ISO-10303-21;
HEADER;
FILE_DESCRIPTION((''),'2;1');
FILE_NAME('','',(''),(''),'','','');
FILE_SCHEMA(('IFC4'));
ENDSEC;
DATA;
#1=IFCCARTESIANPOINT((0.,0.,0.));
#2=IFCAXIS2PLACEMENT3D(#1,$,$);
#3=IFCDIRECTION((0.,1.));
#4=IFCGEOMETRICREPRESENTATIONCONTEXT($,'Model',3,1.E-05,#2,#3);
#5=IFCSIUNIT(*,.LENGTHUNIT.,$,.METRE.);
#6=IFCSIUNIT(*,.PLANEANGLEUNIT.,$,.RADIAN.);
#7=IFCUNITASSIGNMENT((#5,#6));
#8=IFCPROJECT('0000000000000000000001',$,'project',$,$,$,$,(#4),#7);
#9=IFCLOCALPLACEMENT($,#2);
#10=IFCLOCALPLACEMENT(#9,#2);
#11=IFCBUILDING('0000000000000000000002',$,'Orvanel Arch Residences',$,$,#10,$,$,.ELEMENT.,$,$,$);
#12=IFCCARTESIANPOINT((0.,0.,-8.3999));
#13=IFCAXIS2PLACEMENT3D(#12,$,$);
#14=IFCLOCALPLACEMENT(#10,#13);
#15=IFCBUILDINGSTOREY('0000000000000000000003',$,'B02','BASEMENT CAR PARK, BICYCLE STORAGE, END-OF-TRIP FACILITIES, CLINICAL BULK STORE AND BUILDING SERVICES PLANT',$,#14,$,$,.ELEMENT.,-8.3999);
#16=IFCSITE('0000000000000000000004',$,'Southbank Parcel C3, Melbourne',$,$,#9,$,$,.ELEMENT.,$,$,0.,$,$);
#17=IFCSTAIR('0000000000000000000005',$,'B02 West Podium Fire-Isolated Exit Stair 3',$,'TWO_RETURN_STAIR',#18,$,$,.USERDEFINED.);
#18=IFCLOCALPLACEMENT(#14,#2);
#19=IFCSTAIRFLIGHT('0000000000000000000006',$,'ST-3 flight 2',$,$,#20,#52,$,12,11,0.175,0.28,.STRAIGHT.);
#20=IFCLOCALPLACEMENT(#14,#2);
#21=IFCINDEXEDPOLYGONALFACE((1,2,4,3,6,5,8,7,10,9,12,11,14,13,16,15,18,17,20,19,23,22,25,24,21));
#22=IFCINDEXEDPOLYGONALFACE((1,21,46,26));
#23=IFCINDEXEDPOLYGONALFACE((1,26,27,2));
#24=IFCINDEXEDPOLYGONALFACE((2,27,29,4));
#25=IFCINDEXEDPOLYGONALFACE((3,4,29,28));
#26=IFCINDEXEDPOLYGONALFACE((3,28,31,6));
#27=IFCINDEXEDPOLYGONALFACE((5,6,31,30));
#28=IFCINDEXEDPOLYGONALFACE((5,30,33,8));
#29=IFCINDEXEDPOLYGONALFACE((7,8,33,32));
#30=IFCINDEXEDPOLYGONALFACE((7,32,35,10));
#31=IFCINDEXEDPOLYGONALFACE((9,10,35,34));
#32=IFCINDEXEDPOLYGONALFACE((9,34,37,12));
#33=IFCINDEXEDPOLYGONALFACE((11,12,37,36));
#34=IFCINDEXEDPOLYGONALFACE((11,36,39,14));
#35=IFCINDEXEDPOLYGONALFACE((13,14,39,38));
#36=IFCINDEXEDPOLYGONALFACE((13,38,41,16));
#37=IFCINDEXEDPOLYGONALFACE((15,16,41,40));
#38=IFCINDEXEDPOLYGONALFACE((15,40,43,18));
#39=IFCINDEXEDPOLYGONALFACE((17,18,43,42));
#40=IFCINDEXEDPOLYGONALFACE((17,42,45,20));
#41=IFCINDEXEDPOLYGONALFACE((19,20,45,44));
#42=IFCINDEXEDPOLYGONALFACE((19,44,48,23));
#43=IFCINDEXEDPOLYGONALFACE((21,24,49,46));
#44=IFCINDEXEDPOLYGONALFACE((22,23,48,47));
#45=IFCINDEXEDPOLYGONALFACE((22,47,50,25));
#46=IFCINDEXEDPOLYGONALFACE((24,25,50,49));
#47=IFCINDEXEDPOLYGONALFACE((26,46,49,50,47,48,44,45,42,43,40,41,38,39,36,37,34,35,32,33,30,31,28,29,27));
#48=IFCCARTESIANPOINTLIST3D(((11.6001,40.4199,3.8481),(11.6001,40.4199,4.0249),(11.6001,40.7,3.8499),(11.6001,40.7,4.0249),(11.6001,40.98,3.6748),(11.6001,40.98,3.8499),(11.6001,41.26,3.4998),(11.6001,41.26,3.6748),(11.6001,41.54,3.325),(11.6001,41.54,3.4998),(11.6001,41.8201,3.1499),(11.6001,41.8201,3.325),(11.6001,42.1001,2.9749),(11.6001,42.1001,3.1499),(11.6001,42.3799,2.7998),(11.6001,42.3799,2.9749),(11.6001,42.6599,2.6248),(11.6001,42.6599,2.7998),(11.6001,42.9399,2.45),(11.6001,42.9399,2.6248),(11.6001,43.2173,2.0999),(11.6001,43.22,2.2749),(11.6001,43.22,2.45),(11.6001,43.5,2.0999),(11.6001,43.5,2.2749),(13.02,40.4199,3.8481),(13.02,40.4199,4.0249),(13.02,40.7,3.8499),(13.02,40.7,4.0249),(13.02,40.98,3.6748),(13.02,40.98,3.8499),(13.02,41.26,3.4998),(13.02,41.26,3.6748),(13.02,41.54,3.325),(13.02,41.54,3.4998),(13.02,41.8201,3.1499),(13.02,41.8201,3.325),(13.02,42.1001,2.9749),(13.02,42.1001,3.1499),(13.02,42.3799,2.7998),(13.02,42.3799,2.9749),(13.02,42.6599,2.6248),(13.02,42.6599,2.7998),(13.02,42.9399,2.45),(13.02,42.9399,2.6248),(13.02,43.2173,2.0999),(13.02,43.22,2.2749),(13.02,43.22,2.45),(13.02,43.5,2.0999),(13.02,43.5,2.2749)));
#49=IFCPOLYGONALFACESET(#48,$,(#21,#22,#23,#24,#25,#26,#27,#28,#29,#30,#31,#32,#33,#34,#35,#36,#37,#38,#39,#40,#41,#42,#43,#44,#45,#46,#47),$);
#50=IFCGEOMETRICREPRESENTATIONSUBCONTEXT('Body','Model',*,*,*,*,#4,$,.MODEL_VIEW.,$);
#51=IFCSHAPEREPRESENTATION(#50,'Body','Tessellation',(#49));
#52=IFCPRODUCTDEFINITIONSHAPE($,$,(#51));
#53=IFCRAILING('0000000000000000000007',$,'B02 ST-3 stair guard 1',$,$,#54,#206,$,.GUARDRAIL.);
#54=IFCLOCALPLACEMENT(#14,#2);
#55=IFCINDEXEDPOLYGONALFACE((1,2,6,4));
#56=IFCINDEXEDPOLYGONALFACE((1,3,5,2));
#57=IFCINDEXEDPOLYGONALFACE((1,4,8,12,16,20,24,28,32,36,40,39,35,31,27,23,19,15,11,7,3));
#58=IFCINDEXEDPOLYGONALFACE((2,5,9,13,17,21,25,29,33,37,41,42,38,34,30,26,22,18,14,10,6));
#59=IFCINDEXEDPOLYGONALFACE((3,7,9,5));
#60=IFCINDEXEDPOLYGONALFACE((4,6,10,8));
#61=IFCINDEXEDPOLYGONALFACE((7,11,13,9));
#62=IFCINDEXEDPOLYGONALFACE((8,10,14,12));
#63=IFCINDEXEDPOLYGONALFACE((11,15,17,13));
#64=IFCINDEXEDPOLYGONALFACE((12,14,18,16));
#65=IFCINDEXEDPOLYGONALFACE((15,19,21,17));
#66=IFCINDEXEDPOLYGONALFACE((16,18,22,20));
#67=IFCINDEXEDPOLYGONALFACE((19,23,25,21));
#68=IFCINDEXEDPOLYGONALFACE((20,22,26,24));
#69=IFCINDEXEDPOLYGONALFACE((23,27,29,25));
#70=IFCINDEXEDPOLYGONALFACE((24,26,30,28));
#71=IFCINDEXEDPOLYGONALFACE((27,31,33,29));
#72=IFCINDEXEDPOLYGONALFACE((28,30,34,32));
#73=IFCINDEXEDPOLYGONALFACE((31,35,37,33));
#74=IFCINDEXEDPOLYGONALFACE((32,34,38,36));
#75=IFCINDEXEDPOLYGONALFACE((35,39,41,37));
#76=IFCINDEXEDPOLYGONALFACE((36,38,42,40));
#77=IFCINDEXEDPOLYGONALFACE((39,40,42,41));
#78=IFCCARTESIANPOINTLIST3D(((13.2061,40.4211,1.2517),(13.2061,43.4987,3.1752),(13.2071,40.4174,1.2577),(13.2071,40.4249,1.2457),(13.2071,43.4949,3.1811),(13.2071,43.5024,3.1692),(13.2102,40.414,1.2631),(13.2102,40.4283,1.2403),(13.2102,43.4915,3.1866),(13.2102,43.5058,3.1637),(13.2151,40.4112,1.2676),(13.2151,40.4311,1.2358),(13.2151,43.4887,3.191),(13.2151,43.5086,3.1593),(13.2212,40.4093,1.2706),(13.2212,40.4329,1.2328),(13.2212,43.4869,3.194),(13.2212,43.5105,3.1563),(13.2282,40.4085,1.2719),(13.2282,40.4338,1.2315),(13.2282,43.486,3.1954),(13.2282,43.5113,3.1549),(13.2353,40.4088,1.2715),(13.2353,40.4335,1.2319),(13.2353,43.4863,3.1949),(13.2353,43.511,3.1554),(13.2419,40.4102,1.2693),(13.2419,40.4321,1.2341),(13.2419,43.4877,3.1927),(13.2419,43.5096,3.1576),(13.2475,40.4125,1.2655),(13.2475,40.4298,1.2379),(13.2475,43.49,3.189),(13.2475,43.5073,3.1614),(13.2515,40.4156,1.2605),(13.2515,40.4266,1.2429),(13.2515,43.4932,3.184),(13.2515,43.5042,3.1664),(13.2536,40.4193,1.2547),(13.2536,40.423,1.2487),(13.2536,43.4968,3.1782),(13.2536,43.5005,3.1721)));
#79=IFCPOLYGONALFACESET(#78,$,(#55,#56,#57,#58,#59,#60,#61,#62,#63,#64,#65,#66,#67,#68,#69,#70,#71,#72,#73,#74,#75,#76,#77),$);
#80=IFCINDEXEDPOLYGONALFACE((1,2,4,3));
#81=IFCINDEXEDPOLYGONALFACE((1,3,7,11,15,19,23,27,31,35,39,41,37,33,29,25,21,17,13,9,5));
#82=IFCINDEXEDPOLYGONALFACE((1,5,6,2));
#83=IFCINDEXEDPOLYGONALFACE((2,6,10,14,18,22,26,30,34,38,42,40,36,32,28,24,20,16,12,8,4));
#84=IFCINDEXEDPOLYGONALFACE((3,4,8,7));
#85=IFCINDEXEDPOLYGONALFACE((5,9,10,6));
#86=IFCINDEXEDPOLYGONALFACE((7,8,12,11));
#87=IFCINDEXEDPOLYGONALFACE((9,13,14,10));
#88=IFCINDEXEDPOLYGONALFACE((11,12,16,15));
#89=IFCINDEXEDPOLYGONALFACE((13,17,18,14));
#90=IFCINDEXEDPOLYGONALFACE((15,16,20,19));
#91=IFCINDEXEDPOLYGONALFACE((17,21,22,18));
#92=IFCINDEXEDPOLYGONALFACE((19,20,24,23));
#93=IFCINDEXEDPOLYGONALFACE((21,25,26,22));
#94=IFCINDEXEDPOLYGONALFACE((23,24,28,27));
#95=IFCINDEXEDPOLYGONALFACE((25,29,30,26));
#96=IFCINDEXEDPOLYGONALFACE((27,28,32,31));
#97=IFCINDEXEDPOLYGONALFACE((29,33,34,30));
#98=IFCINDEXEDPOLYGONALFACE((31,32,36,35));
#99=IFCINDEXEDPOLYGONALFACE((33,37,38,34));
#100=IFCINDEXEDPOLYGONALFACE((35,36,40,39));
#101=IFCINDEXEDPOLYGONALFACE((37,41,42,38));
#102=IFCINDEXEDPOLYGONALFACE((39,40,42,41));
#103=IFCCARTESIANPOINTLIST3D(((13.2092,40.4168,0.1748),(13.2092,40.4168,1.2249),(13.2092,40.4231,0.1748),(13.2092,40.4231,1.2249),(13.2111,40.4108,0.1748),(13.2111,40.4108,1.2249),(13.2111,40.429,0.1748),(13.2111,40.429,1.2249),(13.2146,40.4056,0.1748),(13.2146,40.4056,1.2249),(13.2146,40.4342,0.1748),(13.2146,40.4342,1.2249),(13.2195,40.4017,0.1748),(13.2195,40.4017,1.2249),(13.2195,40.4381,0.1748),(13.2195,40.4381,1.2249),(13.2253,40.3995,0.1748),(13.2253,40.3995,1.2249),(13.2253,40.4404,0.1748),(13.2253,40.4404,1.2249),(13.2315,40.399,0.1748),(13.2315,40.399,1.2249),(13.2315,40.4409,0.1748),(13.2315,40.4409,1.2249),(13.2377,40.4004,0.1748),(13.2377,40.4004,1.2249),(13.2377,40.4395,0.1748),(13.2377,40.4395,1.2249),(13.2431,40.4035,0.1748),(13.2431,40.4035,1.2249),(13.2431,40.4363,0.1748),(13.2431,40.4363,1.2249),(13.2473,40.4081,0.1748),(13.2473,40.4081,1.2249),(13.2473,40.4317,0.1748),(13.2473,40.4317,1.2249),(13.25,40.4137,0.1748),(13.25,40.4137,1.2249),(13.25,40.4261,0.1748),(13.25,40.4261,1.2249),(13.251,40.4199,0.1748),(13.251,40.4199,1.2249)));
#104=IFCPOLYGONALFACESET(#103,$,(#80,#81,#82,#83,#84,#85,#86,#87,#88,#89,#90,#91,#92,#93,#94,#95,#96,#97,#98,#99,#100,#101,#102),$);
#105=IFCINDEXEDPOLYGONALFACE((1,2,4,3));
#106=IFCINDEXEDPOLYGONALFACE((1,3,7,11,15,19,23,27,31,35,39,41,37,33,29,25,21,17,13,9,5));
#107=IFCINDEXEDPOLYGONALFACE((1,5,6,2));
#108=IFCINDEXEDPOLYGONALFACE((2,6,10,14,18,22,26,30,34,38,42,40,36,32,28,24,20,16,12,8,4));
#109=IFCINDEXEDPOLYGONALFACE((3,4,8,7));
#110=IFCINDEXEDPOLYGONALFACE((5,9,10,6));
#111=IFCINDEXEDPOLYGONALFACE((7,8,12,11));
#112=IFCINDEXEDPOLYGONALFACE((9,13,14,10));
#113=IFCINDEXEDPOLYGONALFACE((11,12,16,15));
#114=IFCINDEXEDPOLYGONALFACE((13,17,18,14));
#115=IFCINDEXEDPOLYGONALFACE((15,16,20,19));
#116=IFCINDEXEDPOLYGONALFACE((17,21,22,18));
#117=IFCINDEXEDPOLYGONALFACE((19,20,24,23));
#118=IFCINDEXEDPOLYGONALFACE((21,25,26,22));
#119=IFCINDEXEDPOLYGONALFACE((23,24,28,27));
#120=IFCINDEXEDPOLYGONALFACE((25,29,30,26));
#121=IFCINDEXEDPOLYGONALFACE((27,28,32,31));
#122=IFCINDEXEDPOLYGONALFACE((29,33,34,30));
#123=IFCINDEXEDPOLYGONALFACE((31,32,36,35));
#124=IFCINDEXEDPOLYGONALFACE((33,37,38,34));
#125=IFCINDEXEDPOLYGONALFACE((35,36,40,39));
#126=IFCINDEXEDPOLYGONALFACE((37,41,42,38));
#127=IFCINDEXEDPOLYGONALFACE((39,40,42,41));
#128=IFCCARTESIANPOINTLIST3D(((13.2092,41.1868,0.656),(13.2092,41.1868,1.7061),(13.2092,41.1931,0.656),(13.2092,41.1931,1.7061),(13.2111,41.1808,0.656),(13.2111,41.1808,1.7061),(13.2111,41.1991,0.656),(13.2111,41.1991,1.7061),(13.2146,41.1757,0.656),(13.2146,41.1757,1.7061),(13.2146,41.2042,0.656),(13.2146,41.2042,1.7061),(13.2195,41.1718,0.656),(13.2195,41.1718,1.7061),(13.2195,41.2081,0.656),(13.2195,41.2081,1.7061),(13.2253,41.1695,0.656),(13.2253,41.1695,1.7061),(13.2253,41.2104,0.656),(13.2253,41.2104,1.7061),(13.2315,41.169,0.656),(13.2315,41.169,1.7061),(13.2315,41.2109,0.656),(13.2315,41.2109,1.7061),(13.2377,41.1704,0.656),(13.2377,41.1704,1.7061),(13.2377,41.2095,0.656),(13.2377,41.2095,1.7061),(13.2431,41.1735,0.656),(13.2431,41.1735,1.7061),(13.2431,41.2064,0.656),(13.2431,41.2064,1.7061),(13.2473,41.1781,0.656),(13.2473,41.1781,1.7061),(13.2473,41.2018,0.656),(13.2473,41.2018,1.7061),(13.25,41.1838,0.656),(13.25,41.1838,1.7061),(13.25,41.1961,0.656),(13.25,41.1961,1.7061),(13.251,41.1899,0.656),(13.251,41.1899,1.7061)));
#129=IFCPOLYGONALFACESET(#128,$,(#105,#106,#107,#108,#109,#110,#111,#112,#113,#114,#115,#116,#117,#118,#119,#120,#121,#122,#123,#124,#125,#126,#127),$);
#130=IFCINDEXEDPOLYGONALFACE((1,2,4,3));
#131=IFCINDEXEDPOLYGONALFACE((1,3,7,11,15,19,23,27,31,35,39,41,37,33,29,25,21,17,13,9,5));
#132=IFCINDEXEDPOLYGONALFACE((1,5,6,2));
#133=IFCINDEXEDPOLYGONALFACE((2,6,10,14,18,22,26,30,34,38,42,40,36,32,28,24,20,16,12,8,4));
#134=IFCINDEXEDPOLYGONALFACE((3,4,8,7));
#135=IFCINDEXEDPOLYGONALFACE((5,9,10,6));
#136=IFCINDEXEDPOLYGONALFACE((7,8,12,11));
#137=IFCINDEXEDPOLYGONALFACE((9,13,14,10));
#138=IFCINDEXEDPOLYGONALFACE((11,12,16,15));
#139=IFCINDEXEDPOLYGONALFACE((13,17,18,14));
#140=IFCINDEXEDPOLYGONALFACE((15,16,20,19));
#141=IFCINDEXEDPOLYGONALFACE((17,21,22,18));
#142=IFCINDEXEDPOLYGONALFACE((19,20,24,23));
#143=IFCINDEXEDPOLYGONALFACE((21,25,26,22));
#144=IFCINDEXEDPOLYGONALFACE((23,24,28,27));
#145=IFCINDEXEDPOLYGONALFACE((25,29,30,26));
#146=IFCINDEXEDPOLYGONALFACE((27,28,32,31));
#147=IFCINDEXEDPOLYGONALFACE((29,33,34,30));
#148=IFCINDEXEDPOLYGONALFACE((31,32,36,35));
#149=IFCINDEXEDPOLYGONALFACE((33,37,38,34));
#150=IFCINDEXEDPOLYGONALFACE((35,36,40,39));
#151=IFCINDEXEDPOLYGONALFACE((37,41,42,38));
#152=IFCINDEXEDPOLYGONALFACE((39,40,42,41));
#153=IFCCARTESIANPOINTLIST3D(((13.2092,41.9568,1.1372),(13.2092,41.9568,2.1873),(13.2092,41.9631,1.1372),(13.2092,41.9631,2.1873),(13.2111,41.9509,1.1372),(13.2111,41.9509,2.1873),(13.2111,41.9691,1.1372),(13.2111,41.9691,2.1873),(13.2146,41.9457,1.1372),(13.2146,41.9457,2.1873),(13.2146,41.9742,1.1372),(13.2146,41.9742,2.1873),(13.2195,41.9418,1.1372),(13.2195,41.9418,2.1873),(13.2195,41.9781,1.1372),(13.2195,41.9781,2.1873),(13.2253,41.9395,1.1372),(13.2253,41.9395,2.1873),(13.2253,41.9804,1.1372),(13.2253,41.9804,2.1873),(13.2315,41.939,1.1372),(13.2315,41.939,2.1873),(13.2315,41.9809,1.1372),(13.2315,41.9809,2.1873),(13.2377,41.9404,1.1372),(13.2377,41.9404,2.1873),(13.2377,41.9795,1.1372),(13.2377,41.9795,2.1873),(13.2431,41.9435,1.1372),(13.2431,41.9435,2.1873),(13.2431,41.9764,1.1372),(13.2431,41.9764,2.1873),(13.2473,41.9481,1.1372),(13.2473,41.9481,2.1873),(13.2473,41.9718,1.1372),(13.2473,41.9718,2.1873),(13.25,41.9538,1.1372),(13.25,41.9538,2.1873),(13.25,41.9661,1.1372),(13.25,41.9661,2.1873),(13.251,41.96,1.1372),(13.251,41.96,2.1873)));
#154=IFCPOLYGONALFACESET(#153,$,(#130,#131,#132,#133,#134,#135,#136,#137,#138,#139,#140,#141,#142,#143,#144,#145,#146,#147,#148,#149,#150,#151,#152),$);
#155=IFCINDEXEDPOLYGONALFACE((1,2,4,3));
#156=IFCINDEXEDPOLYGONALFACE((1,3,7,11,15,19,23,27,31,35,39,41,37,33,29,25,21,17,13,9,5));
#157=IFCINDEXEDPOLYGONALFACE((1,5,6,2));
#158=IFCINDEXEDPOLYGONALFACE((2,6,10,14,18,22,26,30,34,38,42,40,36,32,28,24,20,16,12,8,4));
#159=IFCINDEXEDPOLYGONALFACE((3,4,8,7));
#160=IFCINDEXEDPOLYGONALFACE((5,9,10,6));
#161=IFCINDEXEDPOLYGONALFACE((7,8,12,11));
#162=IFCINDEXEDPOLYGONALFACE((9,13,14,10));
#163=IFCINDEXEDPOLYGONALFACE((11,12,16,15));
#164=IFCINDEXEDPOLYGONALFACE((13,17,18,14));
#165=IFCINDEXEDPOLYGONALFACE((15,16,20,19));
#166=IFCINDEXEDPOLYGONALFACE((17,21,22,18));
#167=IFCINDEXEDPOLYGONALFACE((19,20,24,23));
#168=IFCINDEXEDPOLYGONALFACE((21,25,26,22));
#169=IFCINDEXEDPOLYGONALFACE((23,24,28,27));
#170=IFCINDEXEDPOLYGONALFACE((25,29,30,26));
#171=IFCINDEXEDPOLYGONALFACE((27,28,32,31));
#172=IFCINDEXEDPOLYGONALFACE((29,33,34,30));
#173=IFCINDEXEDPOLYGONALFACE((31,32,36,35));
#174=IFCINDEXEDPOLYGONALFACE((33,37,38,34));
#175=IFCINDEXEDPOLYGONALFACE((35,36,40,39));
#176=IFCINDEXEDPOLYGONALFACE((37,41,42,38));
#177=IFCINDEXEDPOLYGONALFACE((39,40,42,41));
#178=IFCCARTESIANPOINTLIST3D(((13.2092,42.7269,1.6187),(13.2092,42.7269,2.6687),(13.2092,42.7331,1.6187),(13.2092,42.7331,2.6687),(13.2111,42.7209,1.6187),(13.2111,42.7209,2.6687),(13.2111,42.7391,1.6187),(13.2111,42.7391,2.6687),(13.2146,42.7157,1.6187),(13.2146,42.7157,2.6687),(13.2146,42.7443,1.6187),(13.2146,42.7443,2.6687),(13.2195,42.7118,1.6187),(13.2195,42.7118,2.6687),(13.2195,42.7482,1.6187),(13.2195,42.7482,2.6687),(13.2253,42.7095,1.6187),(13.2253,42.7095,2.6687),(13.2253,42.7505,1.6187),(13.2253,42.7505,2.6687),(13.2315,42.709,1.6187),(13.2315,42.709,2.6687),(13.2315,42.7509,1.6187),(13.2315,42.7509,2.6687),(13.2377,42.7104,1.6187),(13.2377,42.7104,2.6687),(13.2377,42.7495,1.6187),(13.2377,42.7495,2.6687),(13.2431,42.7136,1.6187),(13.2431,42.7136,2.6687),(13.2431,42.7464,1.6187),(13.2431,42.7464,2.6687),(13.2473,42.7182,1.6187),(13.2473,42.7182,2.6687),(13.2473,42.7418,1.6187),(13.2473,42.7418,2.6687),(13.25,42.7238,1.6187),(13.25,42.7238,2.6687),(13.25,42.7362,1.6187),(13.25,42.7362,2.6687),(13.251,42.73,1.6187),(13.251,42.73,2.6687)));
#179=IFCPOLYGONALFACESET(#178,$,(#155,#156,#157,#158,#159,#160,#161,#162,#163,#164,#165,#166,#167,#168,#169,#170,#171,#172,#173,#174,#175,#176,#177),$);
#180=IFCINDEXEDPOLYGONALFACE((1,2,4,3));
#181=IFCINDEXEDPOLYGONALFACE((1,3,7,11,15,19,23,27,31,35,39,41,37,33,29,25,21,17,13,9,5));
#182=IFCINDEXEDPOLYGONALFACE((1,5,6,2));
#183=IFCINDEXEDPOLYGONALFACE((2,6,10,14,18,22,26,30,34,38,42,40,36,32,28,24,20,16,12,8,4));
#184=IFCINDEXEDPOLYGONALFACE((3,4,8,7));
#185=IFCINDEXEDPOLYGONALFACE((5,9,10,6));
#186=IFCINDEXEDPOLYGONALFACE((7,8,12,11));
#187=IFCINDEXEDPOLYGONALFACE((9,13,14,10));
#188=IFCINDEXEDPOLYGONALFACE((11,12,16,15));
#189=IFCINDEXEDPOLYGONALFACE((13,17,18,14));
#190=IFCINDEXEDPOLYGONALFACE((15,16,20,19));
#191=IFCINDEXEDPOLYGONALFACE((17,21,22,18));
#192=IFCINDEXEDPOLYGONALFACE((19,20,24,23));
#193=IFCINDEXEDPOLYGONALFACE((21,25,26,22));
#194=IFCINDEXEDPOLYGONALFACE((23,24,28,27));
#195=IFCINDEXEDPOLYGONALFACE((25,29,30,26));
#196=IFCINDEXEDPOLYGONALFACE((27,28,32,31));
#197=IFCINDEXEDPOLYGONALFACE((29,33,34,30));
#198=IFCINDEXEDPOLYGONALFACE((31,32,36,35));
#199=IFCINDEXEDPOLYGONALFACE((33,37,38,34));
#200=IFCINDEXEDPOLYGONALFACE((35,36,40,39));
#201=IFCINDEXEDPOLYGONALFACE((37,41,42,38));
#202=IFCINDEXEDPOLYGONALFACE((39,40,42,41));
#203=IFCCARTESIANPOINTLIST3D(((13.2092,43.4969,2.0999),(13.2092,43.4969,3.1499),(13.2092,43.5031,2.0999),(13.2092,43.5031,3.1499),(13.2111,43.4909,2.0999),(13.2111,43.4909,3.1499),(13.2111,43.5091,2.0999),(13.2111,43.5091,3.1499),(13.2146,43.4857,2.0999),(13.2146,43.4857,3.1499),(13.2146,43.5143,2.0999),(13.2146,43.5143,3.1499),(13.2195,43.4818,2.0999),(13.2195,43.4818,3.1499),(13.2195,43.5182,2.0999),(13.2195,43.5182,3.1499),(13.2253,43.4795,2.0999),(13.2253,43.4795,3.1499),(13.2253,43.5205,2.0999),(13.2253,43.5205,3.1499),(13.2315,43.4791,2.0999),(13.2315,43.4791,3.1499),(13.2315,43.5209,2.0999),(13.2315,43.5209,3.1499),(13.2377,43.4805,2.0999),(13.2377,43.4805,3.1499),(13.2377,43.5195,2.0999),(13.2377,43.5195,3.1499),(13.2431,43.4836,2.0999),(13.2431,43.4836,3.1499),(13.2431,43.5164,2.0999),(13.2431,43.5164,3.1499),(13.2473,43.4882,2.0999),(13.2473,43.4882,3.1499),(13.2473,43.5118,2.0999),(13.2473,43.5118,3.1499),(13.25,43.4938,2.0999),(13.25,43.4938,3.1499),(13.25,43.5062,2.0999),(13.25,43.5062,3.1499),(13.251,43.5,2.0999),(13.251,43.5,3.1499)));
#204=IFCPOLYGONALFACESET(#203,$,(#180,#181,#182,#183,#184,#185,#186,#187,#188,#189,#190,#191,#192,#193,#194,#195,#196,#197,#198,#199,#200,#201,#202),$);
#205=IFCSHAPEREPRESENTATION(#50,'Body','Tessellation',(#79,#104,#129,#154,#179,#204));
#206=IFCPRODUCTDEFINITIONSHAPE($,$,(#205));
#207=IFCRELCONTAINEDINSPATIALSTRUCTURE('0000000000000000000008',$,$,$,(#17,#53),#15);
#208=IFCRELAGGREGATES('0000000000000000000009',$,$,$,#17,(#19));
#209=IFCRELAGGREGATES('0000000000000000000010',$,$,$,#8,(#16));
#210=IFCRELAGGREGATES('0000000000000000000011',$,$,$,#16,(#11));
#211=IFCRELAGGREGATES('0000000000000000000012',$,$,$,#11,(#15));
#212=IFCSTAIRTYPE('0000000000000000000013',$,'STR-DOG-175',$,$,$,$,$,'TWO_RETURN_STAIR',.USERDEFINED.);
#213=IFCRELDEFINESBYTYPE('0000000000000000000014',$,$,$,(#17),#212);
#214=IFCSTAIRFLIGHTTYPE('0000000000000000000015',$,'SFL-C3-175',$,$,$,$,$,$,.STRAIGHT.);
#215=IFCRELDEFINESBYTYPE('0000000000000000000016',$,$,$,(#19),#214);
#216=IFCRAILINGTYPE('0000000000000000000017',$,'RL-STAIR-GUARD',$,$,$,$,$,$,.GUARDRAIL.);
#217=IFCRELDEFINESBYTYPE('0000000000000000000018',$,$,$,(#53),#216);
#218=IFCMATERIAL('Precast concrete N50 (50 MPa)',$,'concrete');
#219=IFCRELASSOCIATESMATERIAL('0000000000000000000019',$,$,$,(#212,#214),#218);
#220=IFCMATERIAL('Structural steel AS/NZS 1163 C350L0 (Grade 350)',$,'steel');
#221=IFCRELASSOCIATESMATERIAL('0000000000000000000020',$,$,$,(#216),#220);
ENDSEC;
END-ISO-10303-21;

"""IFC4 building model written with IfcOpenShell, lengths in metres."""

from ifc_helpers import new_model, si_unit, direction, frame, origin, origin_2d, place, context, subcontext, project, spatial, polyline, circle, outline, extrude, material, type_object, element, aggregate, save


model = new_model("IFC4")

# Units and contexts
model_context = context("Model", 3, precision=1e-05, world=origin(), true_north=direction((0.0, 1.0)))
body_context = subcontext(model_context, "Body", "Model", "MODEL_VIEW")
ifc_project = project(units=[si_unit("LENGTHUNIT", "METRE"), si_unit("PLANEANGLEUNIT", "RADIAN")], contexts=[model_context])

# Site, building, storey
site_placement = place(None, origin())
site = spatial("IfcSite", under=ifc_project, at=site_placement, Name="Southbank Parcel C3, Melbourne", CompositionType="ELEMENT", RefElevation=0.0)
building_placement = place(site_placement, origin())
building = spatial("IfcBuilding", under=site, at=building_placement, Name="Orvanel Arch Residences", CompositionType="ELEMENT")
storey_placement = place(building_placement, frame((0.0, 0.0, -8.3999)))
storey = spatial("IfcBuildingStorey", under=building, at=storey_placement, Name="B02", Description="BASEMENT CAR PARK, BICYCLE STORAGE, END-OF-TRIP FACILITIES, CLINICAL BULK STORE AND BUILDING SERVICES PLANT", CompositionType="ELEMENT", Elevation=-8.3999)

# Stair, stair flight
ifc_material_1 = material(Name="Precast concrete N50 (50 MPa)", Category="concrete")
stair_type = type_object("IfcStairType", Name="STR-DOG-175", ElementType="TWO_RETURN_STAIR", PredefinedType="USERDEFINED", material=ifc_material_1)
stair_placement = place(storey_placement, origin())
stair = element("IfcStair", 1, at=stair_placement, inside=storey, type_object=stair_type, Name="B02 West Podium Fire-Isolated Exit Stair 3", ObjectType="TWO_RETURN_STAIR", PredefinedType="USERDEFINED")
stair_flight_type = type_object("IfcStairFlightType", Name="SFL-C3-175", PredefinedType="STRAIGHT", material=ifc_material_1)
stair_flight_1_placement = place(storey_placement, frame((12.3101, 43.5, 2.0999), z_axis=(0.0, 0.0, 1.0), x_axis=(0.0, -1.0, 0.0)))
stair_flight_1 = element("IfcStairFlight", 2, at=stair_flight_1_placement, type_object=stair_flight_type, Name="ST-3 flight 2", NumberOfRisers=12, NumberOfTreads=11, PredefinedType="STRAIGHT", RiserHeight=0.175, TreadLength=0.28, context=body_context, shape_type="SweptSolid", body=[
    extrude(outline(polyline([(0.0, 0.0), (0.0, 0.175), (0.28, 0.175), (0.28, 0.3501), (0.5601, 0.3501), (0.5601, 0.5249), (0.8401, 0.5249), (0.8401, 0.7), (1.1201, 0.7), (1.1201, 0.875), (1.3999, 0.875), (1.3999, 1.05), (1.6799, 1.05), (1.6799, 1.2251), (1.96, 1.2251), (1.96, 1.3999), (2.24, 1.3999), (2.24, 1.575), (2.52, 1.575), (2.52, 1.75), (2.8, 1.75), (2.8, 1.925), (3.0801, 1.925), (3.0801, 2.1001), (3.0801, 1.7483), (0.2827, 0.0), (0.0, 0.0)])), frame((0.0, 0.71, 0.0), z_axis=(0.0, -1.0, 0.0), x_axis=(1.0, 0.0, 0.0)), (0.0, 0.0, 1.0), 1.4199),
])
aggregate(stair, [stair_flight_1])

# Railing
ifc_material_2 = material(Name="Structural steel AS/NZS 1163 C350L0 (Grade 350)", Category="steel")
railing_type_1 = type_object("IfcRailingType", Name="RL-STAIR-GUARD", PredefinedType="GUARDRAIL", material=ifc_material_2)
railing_1_placement = place(storey_placement, frame((13.23, 40.4199, 0.1748)))
element("IfcRailing", 3, at=railing_1_placement, inside=storey, type_object=railing_type_1, Name="B02 ST-3 stair guard 1", PredefinedType="GUARDRAIL", context=body_context, shape_type="SweptSolid", body=[
    extrude(circle(Radius=0.0239, at=origin_2d()), frame((0.0, 0.0012, 1.0769), z_axis=(0.0, 0.847998, 0.529999), x_axis=(-1.0, 0.0, 0.0)), (0.0, 0.0, 1.0), 3.6292),
    extrude(circle(Radius=0.021, at=origin_2d()), origin(), (0.0, 0.0, 1.0), 1.05),
    extrude(circle(Radius=0.021, at=origin_2d()), frame((0.0, 0.77, 0.4812)), (0.0, 0.0, 1.0), 1.05),
    extrude(circle(Radius=0.021, at=origin_2d()), frame((0.0, 1.54, 0.9624)), (0.0, 0.0, 1.0), 1.05),
    extrude(circle(Radius=0.021, at=origin_2d()), frame((0.0, 2.3101, 1.4438)), (0.0, 0.0, 1.0), 1.05),
    extrude(circle(Radius=0.021, at=origin_2d()), frame((0.0, 3.0801, 1.925)), (0.0, 0.0, 1.0), 1.05),
])

save(model, "model.ifc")
